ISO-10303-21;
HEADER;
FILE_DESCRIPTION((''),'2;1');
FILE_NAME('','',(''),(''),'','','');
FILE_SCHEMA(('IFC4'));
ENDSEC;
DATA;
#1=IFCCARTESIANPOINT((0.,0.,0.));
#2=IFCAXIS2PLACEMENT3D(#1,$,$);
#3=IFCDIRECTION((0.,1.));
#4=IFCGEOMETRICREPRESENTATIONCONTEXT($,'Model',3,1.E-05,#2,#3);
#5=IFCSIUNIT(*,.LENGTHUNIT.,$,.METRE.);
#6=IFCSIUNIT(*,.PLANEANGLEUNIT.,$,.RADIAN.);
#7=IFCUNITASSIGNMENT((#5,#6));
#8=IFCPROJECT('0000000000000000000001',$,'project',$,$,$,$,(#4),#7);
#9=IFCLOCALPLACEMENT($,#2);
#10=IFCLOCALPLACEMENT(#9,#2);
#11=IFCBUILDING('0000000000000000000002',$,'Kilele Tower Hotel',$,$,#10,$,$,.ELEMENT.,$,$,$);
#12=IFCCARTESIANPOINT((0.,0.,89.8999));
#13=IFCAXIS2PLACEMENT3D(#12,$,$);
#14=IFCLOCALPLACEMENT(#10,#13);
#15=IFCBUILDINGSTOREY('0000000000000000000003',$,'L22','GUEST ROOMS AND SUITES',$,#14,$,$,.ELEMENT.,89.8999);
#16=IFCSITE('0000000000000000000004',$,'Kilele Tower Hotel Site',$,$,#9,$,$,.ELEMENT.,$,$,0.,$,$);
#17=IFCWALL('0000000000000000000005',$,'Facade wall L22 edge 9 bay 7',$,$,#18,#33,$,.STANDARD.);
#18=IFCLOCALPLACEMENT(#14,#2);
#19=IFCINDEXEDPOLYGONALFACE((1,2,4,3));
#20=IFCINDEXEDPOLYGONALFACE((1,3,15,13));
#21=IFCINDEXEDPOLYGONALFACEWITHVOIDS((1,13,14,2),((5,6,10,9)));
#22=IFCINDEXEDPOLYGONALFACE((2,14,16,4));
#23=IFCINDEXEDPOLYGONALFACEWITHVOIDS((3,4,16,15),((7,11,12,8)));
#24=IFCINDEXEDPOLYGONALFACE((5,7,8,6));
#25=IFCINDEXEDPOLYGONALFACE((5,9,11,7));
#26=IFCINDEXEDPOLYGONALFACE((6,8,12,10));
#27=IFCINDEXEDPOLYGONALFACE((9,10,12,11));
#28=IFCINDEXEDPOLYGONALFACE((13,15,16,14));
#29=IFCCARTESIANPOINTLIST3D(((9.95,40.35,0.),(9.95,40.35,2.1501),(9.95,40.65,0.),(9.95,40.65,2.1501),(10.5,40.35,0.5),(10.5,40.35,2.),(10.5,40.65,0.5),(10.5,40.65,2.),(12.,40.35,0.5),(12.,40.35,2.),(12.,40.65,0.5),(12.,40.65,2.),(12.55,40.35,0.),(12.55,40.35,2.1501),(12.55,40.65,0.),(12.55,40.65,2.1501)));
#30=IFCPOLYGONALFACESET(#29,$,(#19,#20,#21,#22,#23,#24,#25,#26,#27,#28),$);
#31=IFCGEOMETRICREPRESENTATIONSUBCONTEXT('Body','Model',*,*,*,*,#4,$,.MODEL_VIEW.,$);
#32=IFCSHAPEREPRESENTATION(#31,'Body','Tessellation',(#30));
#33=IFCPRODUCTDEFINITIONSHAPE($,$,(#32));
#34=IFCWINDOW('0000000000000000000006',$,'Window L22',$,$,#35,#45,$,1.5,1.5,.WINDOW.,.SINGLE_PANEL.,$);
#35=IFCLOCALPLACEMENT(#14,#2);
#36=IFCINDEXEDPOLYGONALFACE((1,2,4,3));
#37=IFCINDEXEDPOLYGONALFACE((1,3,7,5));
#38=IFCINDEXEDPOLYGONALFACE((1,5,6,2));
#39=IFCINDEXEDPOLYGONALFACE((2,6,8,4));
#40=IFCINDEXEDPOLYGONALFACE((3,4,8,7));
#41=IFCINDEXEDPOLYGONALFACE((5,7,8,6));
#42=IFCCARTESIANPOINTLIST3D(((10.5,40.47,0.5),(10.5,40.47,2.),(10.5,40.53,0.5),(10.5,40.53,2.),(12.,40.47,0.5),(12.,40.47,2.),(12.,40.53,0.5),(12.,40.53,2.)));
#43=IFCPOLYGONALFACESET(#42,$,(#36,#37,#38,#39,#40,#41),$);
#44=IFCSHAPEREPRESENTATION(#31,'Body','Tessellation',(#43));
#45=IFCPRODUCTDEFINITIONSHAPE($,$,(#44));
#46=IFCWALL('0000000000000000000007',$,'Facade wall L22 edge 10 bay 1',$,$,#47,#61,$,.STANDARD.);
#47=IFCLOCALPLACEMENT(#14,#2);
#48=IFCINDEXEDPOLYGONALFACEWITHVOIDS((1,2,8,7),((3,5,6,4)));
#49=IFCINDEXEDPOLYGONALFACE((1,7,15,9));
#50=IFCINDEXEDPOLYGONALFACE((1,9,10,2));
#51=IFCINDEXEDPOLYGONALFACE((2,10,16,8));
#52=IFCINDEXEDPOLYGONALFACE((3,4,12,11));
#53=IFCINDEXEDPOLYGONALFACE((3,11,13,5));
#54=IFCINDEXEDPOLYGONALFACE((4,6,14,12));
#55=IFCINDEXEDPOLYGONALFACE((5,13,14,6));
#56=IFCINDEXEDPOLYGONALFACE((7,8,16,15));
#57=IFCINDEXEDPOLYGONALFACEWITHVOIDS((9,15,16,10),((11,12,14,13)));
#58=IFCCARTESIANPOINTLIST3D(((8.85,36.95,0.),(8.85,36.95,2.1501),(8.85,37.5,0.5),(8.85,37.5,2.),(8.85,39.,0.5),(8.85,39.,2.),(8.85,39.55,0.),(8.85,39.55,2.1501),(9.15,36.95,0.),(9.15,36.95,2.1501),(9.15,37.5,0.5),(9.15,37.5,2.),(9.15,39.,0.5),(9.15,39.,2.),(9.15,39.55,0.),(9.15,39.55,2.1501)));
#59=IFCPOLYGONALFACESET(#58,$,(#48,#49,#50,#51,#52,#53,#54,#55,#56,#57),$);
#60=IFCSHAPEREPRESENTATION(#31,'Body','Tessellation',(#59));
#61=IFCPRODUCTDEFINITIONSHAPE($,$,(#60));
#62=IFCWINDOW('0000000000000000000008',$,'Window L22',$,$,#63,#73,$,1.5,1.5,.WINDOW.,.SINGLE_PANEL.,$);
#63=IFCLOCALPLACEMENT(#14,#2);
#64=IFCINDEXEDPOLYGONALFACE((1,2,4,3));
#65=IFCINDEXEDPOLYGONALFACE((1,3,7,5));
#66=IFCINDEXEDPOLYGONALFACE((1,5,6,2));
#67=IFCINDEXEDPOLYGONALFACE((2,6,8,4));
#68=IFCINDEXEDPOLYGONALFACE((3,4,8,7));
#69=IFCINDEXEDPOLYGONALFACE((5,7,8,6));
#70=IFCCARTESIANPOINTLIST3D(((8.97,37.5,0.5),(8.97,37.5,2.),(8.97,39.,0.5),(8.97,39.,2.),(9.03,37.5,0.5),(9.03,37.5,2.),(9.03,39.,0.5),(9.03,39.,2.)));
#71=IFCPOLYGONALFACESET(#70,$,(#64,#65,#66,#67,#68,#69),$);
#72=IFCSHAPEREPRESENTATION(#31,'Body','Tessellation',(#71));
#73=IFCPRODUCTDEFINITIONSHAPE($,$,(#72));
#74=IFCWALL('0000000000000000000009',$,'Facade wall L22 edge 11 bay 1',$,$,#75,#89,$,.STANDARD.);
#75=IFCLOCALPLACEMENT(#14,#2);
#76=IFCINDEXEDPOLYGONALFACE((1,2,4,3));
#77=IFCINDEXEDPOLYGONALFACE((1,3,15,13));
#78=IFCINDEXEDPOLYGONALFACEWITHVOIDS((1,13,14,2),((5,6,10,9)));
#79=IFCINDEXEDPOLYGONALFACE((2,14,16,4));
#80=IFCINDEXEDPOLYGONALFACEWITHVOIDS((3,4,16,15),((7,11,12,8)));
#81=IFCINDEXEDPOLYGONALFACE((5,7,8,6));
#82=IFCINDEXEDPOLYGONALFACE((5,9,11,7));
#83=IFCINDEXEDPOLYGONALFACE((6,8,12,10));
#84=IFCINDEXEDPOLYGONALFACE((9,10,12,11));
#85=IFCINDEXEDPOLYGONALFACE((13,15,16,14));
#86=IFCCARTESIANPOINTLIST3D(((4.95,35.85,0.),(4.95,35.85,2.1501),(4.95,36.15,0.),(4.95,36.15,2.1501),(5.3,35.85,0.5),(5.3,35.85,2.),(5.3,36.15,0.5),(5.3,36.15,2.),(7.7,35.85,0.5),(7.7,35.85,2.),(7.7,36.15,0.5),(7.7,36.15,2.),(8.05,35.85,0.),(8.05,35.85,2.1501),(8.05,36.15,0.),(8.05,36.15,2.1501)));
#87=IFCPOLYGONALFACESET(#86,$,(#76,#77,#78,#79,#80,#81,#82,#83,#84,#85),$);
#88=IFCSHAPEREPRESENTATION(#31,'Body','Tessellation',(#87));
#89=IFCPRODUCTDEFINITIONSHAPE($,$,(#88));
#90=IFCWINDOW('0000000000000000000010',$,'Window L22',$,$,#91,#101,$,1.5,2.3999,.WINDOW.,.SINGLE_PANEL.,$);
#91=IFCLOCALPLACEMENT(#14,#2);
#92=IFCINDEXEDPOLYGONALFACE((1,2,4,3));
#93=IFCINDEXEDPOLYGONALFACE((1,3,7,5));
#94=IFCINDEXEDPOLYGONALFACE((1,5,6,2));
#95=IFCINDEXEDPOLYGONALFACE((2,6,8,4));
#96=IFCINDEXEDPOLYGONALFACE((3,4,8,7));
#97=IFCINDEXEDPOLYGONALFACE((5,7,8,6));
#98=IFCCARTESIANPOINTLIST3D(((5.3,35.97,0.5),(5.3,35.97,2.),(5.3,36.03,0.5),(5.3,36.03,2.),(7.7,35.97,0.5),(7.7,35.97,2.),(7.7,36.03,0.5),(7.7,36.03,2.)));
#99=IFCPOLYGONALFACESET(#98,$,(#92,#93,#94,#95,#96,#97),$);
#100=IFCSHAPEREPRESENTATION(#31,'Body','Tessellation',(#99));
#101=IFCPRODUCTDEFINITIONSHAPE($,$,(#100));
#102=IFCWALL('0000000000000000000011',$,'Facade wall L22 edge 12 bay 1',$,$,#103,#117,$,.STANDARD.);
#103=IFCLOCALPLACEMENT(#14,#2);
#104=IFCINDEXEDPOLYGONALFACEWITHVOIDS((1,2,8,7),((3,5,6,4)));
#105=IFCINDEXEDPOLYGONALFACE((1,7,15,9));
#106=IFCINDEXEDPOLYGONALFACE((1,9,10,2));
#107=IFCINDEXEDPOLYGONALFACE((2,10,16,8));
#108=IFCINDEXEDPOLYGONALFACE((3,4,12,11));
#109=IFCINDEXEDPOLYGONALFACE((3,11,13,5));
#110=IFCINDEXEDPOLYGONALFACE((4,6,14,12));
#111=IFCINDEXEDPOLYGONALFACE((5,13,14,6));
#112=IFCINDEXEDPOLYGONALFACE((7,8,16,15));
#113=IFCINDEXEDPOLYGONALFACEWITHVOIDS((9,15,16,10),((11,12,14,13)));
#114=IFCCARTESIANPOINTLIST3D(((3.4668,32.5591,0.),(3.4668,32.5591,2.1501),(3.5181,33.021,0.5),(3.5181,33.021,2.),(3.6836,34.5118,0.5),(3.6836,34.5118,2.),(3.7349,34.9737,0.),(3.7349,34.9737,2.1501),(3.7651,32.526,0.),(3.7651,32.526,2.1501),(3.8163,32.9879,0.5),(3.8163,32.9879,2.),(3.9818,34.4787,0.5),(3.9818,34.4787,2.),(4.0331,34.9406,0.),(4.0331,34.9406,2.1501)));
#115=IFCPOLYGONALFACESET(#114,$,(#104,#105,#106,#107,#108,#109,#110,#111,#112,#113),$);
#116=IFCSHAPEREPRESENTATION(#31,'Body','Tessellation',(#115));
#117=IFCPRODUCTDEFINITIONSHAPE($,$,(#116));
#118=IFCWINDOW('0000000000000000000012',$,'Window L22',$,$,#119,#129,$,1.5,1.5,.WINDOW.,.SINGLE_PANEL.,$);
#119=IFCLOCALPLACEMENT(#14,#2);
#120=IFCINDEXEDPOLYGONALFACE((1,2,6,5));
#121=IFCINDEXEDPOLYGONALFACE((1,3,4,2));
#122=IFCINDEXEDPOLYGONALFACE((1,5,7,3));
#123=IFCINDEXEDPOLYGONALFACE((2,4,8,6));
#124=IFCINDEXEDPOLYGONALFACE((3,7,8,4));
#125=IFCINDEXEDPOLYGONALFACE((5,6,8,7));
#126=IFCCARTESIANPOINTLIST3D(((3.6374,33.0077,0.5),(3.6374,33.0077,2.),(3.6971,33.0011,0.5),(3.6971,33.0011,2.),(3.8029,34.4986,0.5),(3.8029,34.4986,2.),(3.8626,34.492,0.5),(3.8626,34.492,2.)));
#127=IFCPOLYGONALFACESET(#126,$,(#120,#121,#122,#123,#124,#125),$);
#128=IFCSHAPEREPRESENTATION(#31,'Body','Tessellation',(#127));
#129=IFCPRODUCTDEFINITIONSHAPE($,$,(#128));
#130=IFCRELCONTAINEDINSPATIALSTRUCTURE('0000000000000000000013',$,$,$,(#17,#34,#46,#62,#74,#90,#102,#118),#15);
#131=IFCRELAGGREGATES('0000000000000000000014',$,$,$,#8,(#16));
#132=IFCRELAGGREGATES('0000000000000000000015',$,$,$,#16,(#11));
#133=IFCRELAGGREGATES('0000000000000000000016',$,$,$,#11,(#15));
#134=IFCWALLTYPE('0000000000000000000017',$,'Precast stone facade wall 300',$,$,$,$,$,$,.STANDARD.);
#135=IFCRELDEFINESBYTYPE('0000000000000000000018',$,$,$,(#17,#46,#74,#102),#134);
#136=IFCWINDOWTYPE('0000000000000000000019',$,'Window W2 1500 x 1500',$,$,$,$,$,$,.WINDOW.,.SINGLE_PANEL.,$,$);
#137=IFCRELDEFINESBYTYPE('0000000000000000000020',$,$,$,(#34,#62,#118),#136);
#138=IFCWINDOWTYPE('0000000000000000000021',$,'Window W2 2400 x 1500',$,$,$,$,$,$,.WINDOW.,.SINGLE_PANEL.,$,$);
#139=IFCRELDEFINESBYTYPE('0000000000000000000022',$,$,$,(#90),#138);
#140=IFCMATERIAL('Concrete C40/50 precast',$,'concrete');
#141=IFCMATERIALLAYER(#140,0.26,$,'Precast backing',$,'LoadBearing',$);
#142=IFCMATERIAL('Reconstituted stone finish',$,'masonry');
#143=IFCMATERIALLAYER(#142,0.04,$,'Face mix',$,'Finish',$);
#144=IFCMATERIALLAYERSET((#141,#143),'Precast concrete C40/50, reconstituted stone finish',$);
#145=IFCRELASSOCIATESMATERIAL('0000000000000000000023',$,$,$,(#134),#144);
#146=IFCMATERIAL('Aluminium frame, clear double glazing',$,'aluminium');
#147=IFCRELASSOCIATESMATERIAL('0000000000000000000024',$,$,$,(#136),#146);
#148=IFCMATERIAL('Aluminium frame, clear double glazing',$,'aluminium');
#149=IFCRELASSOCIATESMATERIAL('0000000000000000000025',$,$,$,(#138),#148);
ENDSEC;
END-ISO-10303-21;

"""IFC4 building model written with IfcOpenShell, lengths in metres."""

from ifc_helpers import new_model, si_unit, direction, frame, frame_2d, origin, place, context, subcontext, project, spatial, rectangle, extrude, material, layer, layer_set, type_object, element, fill, save


model = new_model("IFC4")

# Units and contexts
model_context = context("Model", 3, precision=1e-05, world=origin(), true_north=direction((0.0, 1.0)))
body_context = subcontext(model_context, "Body", "Model", "MODEL_VIEW")
ifc_project = project(units=[si_unit("LENGTHUNIT", "METRE"), si_unit("PLANEANGLEUNIT", "RADIAN")], contexts=[model_context])

# Site, building, storey
site_placement = place(None, origin())
site = spatial("IfcSite", under=ifc_project, at=site_placement, Name="Kilele Tower Hotel Site", CompositionType="ELEMENT", RefElevation=0.0)
building_placement = place(site_placement, origin())
building = spatial("IfcBuilding", under=site, at=building_placement, Name="Kilele Tower Hotel", CompositionType="ELEMENT")
storey_placement = place(building_placement, frame((0.0, 0.0, 89.8999)))
storey = spatial("IfcBuildingStorey", under=building, at=storey_placement, Name="L22", Description="GUEST ROOMS AND SUITES", CompositionType="ELEMENT", Elevation=89.8999)

# Walls, openings, windows
ifc_material_1 = material(Name="Concrete C40/50 precast", Category="concrete")
ifc_layer_1 = layer(ifc_material_1, 0.26, Name="Precast backing", Category="LoadBearing")
ifc_material_2 = material(Name="Reconstituted stone finish", Category="masonry")
ifc_layer_2 = layer(ifc_material_2, 0.04, Name="Face mix", Category="Finish")
ifc_layer_set_1 = layer_set([ifc_layer_1, ifc_layer_2], Name="Precast concrete C40/50, reconstituted stone finish")
wall_type_1 = type_object("IfcWallType", Name="Precast stone facade wall 300", PredefinedType="STANDARD", material=ifc_layer_set_1)
wall_1_placement = place(storey_placement, frame((12.55, 40.5, 0.0), z_axis=(0.0, 0.0, 1.0), x_axis=(-1.0, 0.0, 0.0)))
wall_1 = element("IfcWall", 1, at=wall_1_placement, inside=storey, type_object=wall_type_1, Name="Facade wall L22 edge 9 bay 7", PredefinedType="STANDARD", context=body_context, shape_type="SweptSolid", body=[
    extrude(rectangle(XDim=2.6001, YDim=0.3, at=frame_2d((1.3, 0.0))), origin(), (0.0, 0.0, 1.0), 2.1501),
])
opening_1_placement = place(wall_1_placement, frame((0.55, 0.0, 0.5)))
opening_1 = element("IfcOpeningElement", 2, at=opening_1_placement, cuts=wall_1, PredefinedType="OPENING", context=body_context, shape_type="SweptSolid", body=[
    extrude(rectangle(XDim=1.5, YDim=1.5, at=frame_2d((0.75, 0.75))), frame((0.0, 0.1599, 0.0), z_axis=(0.0, -1.0, 0.0), x_axis=(1.0, 0.0, 0.0)), (0.0, 0.0, 1.0), 0.3201),
])
ifc_material_3 = material(Name="Aluminium frame, clear double glazing", Category="aluminium")
window_type_1 = type_object("IfcWindowType", Name="Window W2 1500 x 1500", PartitioningType="SINGLE_PANEL", PredefinedType="WINDOW", material=ifc_material_3)
window_1_placement = place(opening_1_placement, origin())
window_1 = element("IfcWindow", 3, at=window_1_placement, inside=storey, type_object=window_type_1, Name="Window L22", OverallHeight=1.5, OverallWidth=1.5, PartitioningType="SINGLE_PANEL", PredefinedType="WINDOW", context=body_context, shape_type="SweptSolid", body=[
    extrude(rectangle(XDim=1.5, YDim=1.5, at=frame_2d((0.75, 0.75))), frame((0.0, 0.03, 0.0), z_axis=(0.0, -1.0, 0.0), x_axis=(1.0, 0.0, 0.0)), (0.0, 0.0, 1.0), 0.0601),
])
fill(opening_1, window_1)
wall_2_placement = place(storey_placement, frame((9.0, 39.55, 0.0), z_axis=(0.0, 0.0, 1.0), x_axis=(0.0, -1.0, 0.0)))
wall_2 = element("IfcWall", 4, at=wall_2_placement, inside=storey, type_object=wall_type_1, Name="Facade wall L22 edge 10 bay 1", PredefinedType="STANDARD", context=body_context, shape_type="SweptSolid", body=[
    extrude(rectangle(XDim=2.6001, YDim=0.3, at=frame_2d((1.3, 0.0))), origin(), (0.0, 0.0, 1.0), 2.1501),
])
opening_2_placement = place(wall_2_placement, frame((0.55, 0.0, 0.5)))
opening_2 = element("IfcOpeningElement", 5, at=opening_2_placement, cuts=wall_2, PredefinedType="OPENING", context=body_context, shape_type="SweptSolid", body=[
    extrude(rectangle(XDim=1.5, YDim=1.5, at=frame_2d((0.75, 0.75))), frame((0.0, 0.1599, 0.0), z_axis=(0.0, -1.0, 0.0), x_axis=(1.0, 0.0, 0.0)), (0.0, 0.0, 1.0), 0.3201),
])
window_2_placement = place(opening_2_placement, origin())
window_2 = element("IfcWindow", 6, at=window_2_placement, inside=storey, type_object=window_type_1, Name="Window L22", OverallHeight=1.5, OverallWidth=1.5, PartitioningType="SINGLE_PANEL", PredefinedType="WINDOW", context=body_context, shape_type="SweptSolid", body=[
    extrude(rectangle(XDim=1.5, YDim=1.5, at=frame_2d((0.75, 0.75))), frame((0.0, 0.03, 0.0), z_axis=(0.0, -1.0, 0.0), x_axis=(1.0, 0.0, 0.0)), (0.0, 0.0, 1.0), 0.0601),
])
fill(opening_2, window_2)
wall_3_placement = place(storey_placement, frame((8.05, 36.0, 0.0), z_axis=(0.0, 0.0, 1.0), x_axis=(-1.0, 0.0, 0.0)))
wall_3 = element("IfcWall", 7, at=wall_3_placement, inside=storey, type_object=wall_type_1, Name="Facade wall L22 edge 11 bay 1", PredefinedType="STANDARD", context=body_context, shape_type="SweptSolid", body=[
    extrude(rectangle(XDim=3.1001, YDim=0.3, at=frame_2d((1.55, 0.0))), origin(), (0.0, 0.0, 1.0), 2.1501),
])
opening_3_placement = place(wall_3_placement, frame((0.3501, 0.0, 0.5)))
opening_3 = element("IfcOpeningElement", 8, at=opening_3_placement, cuts=wall_3, PredefinedType="OPENING", context=body_context, shape_type="SweptSolid", body=[
    extrude(rectangle(XDim=2.3999, YDim=1.5, at=frame_2d((1.2, 0.75))), frame((0.0, 0.1599, 0.0), z_axis=(0.0, -1.0, 0.0), x_axis=(1.0, 0.0, 0.0)), (0.0, 0.0, 1.0), 0.3201),
])
ifc_material_4 = material(Name="Aluminium frame, clear double glazing", Category="aluminium")
window_type_2 = type_object("IfcWindowType", Name="Window W2 2400 x 1500", PartitioningType="SINGLE_PANEL", PredefinedType="WINDOW", material=ifc_material_4)
window_3_placement = place(opening_3_placement, origin())
window_3 = element("IfcWindow", 9, at=window_3_placement, inside=storey, type_object=window_type_2, Name="Window L22", OverallHeight=1.5, OverallWidth=2.3999, PartitioningType="SINGLE_PANEL", PredefinedType="WINDOW", context=body_context, shape_type="SweptSolid", body=[
    extrude(rectangle(XDim=2.3999, YDim=1.5, at=frame_2d((1.2, 0.75))), frame((0.0, 0.03, 0.0), z_axis=(0.0, -1.0, 0.0), x_axis=(1.0, 0.0, 0.0)), (0.0, 0.0, 1.0), 0.0601),
])
fill(opening_3, window_3)
wall_4_placement = place(storey_placement, frame((3.884, 34.9573, 0.0), z_axis=(0.0, 0.0, 1.0), x_axis=(-0.110343, -0.993894, 0.0)))
wall_4 = element("IfcWall", 10, at=wall_4_placement, inside=storey, type_object=wall_type_1, Name="Facade wall L22 edge 12 bay 1", PredefinedType="STANDARD", context=body_context, shape_type="SweptSolid", body=[
    extrude(rectangle(XDim=2.4294, YDim=0.3, at=frame_2d((1.2148, 0.0))), origin(), (0.0, 0.0, 1.0), 2.1501),
])
opening_4_placement = place(wall_4_placement, frame((0.4648, 0.0, 0.5)))
opening_4 = element("IfcOpeningElement", 11, at=opening_4_placement, cuts=wall_4, PredefinedType="OPENING", context=body_context, shape_type="SweptSolid", body=[
    extrude(rectangle(XDim=1.5, YDim=1.5, at=frame_2d((0.75, 0.75))), frame((0.0, 0.1599, 0.0), z_axis=(0.0, -1.0, 0.0), x_axis=(1.0, 0.0, 0.0)), (0.0, 0.0, 1.0), 0.3201),
])
window_4_placement = place(opening_4_placement, origin())
window_4 = element("IfcWindow", 12, at=window_4_placement, inside=storey, type_object=window_type_1, Name="Window L22", OverallHeight=1.5, OverallWidth=1.5, PartitioningType="SINGLE_PANEL", PredefinedType="WINDOW", context=body_context, shape_type="SweptSolid", body=[
    extrude(rectangle(XDim=1.5, YDim=1.5, at=frame_2d((0.75, 0.75))), frame((0.0, 0.03, 0.0), z_axis=(0.0, -1.0, 0.0), x_axis=(1.0, 0.0, 0.0)), (0.0, 0.0, 1.0), 0.0601),
])
fill(opening_4, window_4)

save(model, "model.ifc")
